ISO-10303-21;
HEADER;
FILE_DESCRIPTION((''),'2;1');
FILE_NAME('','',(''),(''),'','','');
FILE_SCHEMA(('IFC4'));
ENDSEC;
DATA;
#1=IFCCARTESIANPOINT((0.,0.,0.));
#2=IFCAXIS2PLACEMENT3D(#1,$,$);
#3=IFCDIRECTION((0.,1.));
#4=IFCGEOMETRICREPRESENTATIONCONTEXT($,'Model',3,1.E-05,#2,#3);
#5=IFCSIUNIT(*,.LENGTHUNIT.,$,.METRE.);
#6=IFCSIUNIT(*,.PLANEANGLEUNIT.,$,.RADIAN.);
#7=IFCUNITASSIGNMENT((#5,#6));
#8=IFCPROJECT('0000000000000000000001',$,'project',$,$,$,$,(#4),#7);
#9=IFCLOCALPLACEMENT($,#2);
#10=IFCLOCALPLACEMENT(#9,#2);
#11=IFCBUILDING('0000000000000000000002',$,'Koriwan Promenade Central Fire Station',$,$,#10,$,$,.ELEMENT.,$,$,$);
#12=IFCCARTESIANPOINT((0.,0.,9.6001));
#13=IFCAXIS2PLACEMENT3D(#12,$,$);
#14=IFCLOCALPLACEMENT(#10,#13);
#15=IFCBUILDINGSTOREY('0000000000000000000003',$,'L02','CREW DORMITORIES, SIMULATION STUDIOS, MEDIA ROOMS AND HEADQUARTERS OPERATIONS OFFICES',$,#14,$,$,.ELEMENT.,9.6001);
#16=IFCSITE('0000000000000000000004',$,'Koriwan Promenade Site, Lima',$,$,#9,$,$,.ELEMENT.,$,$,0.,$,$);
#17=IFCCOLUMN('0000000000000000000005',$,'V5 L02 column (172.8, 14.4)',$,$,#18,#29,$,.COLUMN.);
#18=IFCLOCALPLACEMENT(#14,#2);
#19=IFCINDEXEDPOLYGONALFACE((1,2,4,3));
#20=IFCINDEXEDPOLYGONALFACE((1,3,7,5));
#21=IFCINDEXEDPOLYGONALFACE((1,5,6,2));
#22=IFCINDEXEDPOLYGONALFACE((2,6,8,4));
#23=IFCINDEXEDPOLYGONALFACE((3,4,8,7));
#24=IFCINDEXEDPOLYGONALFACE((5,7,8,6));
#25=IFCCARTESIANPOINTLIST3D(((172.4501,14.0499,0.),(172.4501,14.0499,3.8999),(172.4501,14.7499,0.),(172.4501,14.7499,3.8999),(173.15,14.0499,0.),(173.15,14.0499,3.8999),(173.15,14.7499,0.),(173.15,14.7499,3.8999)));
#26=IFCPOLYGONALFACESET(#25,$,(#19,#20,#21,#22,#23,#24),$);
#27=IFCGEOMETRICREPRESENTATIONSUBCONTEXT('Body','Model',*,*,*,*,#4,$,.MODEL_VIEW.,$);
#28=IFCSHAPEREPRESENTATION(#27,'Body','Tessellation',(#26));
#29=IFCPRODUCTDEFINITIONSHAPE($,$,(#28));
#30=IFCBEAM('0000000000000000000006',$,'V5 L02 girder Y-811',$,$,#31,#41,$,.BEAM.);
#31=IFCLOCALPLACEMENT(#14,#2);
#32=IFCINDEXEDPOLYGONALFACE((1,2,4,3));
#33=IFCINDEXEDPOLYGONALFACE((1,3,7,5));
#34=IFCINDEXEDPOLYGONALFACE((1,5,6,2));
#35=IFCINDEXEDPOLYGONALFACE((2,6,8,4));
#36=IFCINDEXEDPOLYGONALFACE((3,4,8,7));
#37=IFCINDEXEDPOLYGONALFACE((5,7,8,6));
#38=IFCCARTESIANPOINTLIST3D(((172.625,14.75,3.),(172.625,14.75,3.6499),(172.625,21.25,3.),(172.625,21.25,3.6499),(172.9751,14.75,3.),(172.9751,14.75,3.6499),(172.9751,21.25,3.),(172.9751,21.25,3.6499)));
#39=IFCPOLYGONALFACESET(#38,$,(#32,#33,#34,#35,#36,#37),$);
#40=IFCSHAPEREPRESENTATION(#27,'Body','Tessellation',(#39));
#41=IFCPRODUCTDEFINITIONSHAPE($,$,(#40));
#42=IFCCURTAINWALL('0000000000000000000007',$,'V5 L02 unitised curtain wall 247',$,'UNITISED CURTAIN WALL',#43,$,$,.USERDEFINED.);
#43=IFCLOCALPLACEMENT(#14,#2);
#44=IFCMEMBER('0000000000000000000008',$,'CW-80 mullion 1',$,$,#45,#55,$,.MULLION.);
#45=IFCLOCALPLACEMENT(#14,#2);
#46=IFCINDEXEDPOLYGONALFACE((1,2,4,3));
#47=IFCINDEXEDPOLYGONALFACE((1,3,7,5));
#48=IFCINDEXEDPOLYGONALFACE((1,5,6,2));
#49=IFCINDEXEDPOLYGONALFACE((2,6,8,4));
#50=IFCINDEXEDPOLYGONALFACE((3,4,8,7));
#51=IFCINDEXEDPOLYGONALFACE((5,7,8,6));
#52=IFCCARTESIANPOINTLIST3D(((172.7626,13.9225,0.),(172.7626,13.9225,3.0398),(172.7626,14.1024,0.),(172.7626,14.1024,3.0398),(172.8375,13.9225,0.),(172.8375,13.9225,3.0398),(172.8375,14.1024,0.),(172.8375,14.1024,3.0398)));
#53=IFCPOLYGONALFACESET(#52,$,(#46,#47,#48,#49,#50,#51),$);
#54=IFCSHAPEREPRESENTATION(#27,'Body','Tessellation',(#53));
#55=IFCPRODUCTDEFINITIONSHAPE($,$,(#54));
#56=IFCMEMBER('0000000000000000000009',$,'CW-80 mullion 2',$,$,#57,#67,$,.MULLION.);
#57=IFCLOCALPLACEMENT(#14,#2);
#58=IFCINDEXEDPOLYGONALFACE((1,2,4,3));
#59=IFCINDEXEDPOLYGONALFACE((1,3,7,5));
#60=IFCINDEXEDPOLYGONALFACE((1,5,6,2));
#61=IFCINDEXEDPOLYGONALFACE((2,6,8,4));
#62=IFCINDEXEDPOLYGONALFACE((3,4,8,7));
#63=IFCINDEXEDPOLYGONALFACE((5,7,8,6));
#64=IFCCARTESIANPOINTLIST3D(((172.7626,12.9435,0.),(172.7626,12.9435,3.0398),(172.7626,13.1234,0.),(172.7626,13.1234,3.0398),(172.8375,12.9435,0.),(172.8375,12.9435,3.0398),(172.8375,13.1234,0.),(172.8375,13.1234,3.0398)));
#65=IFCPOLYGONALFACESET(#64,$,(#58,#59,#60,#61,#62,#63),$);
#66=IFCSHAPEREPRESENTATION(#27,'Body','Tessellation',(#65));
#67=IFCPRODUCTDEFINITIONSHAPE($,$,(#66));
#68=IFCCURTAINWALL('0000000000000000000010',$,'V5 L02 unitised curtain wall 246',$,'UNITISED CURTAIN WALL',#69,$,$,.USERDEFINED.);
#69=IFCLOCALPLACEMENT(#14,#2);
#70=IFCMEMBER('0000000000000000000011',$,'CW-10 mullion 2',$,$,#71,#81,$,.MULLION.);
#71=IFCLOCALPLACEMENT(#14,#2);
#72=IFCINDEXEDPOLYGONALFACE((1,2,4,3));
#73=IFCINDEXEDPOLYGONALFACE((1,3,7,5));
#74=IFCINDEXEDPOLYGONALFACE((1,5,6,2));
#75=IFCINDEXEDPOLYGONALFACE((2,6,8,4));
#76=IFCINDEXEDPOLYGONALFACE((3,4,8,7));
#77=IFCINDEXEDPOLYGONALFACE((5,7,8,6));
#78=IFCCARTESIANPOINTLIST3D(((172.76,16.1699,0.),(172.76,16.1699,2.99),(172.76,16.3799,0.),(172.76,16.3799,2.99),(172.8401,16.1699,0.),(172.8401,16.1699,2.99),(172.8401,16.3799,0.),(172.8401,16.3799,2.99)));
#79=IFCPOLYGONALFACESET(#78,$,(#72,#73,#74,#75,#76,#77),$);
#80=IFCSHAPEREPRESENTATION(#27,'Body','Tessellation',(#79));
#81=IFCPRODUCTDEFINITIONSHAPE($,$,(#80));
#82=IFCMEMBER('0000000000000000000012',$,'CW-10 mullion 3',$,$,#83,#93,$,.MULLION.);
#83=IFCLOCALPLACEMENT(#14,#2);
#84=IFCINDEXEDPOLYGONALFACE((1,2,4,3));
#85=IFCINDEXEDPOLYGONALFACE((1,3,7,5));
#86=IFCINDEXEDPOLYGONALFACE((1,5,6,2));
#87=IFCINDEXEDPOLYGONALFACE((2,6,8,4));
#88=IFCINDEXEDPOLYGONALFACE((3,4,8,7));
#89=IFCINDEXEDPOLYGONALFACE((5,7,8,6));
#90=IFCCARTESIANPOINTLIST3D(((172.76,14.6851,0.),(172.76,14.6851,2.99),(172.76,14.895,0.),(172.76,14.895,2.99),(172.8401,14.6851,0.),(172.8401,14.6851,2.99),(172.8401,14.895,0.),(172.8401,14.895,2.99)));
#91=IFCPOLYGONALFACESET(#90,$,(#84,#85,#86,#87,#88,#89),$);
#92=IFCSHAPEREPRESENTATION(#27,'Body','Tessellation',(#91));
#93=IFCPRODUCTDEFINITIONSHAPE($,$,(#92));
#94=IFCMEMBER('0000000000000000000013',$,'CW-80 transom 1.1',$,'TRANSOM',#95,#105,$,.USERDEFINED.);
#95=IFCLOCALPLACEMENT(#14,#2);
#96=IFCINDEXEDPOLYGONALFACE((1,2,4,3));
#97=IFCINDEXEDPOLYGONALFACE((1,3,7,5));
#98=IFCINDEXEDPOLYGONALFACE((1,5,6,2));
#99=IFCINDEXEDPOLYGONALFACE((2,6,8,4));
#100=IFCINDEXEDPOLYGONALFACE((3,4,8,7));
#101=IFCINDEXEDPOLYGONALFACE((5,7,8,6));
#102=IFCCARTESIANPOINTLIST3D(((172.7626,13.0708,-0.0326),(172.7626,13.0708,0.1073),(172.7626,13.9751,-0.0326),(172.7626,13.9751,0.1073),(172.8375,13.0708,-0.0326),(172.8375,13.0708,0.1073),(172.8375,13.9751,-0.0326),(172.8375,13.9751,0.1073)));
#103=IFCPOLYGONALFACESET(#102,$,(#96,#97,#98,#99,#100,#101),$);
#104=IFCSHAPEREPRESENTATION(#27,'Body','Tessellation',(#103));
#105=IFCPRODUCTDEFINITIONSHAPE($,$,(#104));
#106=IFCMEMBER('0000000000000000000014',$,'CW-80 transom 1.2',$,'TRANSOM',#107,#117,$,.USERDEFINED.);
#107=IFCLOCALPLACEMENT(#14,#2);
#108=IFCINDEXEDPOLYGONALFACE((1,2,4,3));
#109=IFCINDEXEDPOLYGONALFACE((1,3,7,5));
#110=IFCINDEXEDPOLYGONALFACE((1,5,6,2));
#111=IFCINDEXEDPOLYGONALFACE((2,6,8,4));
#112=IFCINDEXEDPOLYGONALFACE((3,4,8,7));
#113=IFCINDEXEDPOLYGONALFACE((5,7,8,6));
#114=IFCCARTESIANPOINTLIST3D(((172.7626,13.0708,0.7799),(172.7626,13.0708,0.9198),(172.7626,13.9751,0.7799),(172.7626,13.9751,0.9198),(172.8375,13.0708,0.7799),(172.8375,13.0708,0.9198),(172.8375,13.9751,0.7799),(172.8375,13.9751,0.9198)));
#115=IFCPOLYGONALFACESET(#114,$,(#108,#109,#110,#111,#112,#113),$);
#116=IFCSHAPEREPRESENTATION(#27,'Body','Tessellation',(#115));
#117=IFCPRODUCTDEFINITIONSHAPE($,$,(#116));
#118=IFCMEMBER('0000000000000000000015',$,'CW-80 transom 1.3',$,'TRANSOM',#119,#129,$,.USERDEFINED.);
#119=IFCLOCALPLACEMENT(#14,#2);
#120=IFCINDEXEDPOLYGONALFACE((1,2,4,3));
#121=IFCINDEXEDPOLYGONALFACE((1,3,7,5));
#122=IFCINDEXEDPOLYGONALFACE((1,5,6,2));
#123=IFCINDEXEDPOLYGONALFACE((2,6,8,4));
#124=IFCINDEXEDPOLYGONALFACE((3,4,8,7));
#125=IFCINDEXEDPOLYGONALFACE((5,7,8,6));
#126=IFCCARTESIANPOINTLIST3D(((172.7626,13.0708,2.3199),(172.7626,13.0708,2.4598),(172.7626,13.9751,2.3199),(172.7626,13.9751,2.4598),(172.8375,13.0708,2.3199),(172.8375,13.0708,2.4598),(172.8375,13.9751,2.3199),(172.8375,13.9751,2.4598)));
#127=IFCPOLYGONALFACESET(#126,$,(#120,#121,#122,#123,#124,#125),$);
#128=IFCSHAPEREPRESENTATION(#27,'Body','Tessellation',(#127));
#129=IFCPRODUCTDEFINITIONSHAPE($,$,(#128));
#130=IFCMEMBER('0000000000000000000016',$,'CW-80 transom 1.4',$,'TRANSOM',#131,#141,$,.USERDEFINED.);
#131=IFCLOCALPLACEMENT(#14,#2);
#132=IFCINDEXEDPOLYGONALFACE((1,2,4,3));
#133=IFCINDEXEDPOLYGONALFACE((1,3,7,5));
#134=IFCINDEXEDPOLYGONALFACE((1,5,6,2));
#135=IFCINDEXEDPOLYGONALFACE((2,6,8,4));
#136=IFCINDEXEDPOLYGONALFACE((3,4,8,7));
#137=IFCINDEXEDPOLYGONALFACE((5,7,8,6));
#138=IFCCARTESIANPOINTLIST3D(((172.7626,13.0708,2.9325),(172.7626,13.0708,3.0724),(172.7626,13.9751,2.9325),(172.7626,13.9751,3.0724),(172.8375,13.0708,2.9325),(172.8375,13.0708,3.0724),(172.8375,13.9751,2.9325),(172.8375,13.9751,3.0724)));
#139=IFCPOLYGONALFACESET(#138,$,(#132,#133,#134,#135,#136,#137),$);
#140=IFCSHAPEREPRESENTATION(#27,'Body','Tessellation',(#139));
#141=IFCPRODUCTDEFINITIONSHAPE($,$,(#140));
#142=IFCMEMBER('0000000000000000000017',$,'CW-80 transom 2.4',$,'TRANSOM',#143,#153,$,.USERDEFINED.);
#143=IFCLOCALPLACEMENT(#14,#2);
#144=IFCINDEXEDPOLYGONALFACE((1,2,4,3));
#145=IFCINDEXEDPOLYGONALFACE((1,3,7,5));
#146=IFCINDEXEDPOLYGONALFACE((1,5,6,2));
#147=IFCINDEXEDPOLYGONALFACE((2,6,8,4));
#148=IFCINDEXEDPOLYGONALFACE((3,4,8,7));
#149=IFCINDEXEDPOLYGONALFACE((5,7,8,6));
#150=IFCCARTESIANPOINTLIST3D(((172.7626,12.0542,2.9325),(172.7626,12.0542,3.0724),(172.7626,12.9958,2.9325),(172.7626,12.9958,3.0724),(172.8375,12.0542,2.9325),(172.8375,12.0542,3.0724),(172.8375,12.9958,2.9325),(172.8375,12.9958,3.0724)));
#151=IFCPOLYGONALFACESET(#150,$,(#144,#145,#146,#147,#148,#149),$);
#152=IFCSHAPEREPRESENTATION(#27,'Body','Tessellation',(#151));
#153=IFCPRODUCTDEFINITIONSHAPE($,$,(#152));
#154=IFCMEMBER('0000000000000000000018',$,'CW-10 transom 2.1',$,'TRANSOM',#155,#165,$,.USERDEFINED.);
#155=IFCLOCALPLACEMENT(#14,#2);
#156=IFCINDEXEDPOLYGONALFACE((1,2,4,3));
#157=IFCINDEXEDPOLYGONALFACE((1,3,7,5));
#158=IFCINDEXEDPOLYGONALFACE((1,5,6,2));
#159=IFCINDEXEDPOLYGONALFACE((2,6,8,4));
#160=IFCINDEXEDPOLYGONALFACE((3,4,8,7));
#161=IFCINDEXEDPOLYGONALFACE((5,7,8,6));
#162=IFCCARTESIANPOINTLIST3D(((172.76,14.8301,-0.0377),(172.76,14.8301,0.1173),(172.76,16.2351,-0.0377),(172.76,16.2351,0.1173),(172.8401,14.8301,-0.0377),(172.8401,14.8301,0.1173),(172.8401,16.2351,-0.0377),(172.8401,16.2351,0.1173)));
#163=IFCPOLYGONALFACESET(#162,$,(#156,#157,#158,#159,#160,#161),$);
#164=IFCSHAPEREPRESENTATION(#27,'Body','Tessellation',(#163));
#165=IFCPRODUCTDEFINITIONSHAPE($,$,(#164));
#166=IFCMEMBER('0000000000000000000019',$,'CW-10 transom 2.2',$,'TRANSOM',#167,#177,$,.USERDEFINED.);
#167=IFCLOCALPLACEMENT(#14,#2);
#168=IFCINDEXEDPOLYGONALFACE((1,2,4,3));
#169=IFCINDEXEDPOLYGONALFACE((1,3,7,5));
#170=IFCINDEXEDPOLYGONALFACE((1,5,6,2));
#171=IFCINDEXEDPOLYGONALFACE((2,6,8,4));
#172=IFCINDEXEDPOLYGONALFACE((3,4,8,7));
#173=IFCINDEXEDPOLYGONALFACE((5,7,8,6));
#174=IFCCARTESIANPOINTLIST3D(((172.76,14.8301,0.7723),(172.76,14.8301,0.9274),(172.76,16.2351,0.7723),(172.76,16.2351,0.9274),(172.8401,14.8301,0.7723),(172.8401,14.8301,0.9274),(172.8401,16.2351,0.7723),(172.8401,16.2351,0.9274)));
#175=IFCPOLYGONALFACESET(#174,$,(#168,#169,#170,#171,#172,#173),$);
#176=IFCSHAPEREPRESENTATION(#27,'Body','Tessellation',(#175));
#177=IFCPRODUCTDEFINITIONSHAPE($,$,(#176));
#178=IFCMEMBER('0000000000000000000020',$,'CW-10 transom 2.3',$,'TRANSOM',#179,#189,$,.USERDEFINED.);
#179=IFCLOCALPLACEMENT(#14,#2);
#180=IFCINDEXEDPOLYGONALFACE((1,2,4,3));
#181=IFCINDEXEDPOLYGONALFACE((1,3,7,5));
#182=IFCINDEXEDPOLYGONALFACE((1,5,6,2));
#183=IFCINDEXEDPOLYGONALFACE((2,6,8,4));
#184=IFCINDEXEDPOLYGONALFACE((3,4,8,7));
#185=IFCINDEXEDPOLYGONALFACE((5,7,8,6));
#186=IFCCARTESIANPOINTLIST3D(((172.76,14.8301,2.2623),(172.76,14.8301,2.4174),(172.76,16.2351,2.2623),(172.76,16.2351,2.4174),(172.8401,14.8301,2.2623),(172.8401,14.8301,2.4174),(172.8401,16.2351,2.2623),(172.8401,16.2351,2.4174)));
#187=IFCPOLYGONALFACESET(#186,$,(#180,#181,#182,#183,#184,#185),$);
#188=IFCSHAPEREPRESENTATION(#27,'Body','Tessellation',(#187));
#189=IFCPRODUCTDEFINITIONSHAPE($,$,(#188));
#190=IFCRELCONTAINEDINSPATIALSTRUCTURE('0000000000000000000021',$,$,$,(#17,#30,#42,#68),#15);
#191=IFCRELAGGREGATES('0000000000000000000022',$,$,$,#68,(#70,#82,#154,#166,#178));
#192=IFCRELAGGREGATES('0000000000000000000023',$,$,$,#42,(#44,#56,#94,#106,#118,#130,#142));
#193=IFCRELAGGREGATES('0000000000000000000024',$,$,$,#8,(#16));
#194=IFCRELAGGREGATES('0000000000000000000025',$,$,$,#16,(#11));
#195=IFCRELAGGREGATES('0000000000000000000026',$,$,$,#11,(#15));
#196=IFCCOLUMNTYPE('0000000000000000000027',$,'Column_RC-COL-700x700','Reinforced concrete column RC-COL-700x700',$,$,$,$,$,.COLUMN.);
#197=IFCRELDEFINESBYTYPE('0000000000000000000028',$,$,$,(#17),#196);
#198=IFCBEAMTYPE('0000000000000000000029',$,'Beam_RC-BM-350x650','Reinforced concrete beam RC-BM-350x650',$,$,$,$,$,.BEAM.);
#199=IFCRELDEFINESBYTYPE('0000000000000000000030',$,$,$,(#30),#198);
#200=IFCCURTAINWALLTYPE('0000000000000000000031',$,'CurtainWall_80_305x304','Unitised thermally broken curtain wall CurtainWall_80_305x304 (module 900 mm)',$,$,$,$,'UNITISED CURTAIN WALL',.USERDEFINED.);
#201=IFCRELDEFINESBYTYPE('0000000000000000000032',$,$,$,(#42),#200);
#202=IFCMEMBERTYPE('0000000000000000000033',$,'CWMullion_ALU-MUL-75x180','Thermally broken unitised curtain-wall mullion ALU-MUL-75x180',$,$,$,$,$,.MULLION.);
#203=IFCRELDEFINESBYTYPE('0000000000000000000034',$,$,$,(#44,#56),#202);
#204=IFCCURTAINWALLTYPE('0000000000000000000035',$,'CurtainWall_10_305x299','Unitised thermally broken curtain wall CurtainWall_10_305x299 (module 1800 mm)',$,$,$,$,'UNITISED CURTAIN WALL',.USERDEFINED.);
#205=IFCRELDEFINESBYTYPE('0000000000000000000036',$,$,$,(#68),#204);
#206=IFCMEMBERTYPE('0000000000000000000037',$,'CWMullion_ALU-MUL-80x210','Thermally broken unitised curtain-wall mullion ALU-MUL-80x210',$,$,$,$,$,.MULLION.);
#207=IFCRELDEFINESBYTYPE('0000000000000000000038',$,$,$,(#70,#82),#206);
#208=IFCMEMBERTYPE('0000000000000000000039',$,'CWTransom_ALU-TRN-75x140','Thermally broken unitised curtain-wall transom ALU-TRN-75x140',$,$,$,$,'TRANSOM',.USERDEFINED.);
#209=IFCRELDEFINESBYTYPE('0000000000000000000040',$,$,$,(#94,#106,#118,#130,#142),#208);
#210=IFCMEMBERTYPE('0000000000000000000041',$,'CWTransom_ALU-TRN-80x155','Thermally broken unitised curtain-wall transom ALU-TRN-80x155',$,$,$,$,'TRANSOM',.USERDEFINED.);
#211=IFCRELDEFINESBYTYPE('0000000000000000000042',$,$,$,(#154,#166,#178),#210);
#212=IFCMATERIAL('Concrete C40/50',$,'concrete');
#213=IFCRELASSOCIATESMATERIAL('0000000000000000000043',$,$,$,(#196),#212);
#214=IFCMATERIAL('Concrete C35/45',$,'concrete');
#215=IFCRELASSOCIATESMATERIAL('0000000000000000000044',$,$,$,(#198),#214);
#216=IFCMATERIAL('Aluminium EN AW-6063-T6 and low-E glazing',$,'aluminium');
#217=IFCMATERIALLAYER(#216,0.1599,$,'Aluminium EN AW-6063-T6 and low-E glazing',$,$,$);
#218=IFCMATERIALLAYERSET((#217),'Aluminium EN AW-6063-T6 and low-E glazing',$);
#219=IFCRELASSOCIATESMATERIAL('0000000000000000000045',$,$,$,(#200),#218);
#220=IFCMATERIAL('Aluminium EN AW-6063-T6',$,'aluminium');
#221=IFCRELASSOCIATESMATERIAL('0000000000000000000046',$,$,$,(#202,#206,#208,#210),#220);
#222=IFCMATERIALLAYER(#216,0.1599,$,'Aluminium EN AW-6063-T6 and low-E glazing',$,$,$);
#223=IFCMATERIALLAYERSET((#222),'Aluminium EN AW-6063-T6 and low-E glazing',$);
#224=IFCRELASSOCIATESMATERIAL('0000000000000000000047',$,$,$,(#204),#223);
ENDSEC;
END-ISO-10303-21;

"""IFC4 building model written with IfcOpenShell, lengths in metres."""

from ifc_helpers import new_model, si_unit, direction, frame, origin, origin_2d, place, context, subcontext, project, spatial, rectangle, extrude, material, layer, layer_set, material_profile, profile_set, type_object, element, aggregate, save


model = new_model("IFC4")

# Units and contexts
model_context = context("Model", 3, precision=1e-05, world=origin(), true_north=direction((0.0, 1.0)))
body_context = subcontext(model_context, "Body", "Model", "MODEL_VIEW")
ifc_project = project(units=[si_unit("LENGTHUNIT", "METRE"), si_unit("PLANEANGLEUNIT", "RADIAN")], contexts=[model_context])

# Site, building, storey
site_placement = place(None, origin())
site = spatial("IfcSite", under=ifc_project, at=site_placement, Name="Koriwan Promenade Site, Lima", CompositionType="ELEMENT", RefElevation=0.0)
building_placement = place(site_placement, origin())
building = spatial("IfcBuilding", under=site, at=building_placement, Name="Koriwan Promenade Central Fire Station", CompositionType="ELEMENT")
storey_placement = place(building_placement, frame((0.0, 0.0, 9.6001)))
storey = spatial("IfcBuildingStorey", under=building, at=storey_placement, Name="L02", Description="CREW DORMITORIES, SIMULATION STUDIOS, MEDIA ROOMS AND HEADQUARTERS OPERATIONS OFFICES", CompositionType="ELEMENT", Elevation=9.6001)

# Column
ifc_material_1 = material(Name="Concrete C40/50", Category="concrete")
ifc_material_profile_1 = material_profile(ifc_material_1, rectangle(XDim=0.7, YDim=0.7, at=origin_2d()), Name="RC-COL-700x700")
ifc_profile_set_1 = profile_set([ifc_material_profile_1], Name="Concrete C40/50")
column_type = type_object("IfcColumnType", Name="Column_RC-COL-700x700", Description="Reinforced concrete column RC-COL-700x700", PredefinedType="COLUMN", material=ifc_profile_set_1)
column_placement = place(storey_placement, frame((172.8, 14.3999, 0.0), z_axis=(0.0, 0.0, 1.0), x_axis=(1.0, 0.0, 0.0)))
element("IfcColumn", 1, at=column_placement, inside=storey, type_object=column_type, Name="V5 L02 column (172.8, 14.4)", PredefinedType="COLUMN", context=body_context, shape_type="SweptSolid", body=[
    extrude(rectangle(XDim=0.7, YDim=0.7, at=origin_2d()), origin(), (0.0, 0.0, 1.0), 3.8999),
])

# Beam
ifc_material_2 = material(Name="Concrete C35/45", Category="concrete")
ifc_material_profile_2 = material_profile(ifc_material_2, rectangle(XDim=0.3501, YDim=0.6499, at=origin_2d()), Name="RC-BM-350x650")
ifc_profile_set_2 = profile_set([ifc_material_profile_2], Name="Concrete C35/45")
beam_type = type_object("IfcBeamType", Name="Beam_RC-BM-350x650", Description="Reinforced concrete beam RC-BM-350x650", PredefinedType="BEAM", material=ifc_profile_set_2)
beam_placement = place(storey_placement, frame((172.8, 14.75, 3.325), z_axis=(0.0, 1.0, 0.0), x_axis=(-1.0, 0.0, 0.0)))
element("IfcBeam", 2, at=beam_placement, inside=storey, type_object=beam_type, Name="V5 L02 girder Y-811", PredefinedType="BEAM", context=body_context, shape_type="SweptSolid", body=[
    extrude(rectangle(XDim=0.3501, YDim=0.6499, at=origin_2d()), origin(), (0.0, 0.0, 1.0), 6.5),
])

# Curtain walls, members
ifc_material_3 = material(Name="Aluminium EN AW-6063-T6 and low-E glazing", Category="aluminium")
ifc_layer_1 = layer(ifc_material_3, 0.1599, Name="Aluminium EN AW-6063-T6 and low-E glazing")
ifc_layer_set_1 = layer_set([ifc_layer_1], Name="Aluminium EN AW-6063-T6 and low-E glazing")
curtain_wall_type_1 = type_object("IfcCurtainWallType", Name="CurtainWall_80_305x304", Description="Unitised thermally broken curtain wall CurtainWall_80_305x304 (module 900 mm)", ElementType="UNITISED CURTAIN WALL", PredefinedType="USERDEFINED", material=ifc_layer_set_1)
curtain_wall_1_placement = place(storey_placement, origin())
curtain_wall_1 = element("IfcCurtainWall", 3, at=curtain_wall_1_placement, inside=storey, type_object=curtain_wall_type_1, Name="V5 L02 unitised curtain wall 247", ObjectType="UNITISED CURTAIN WALL", PredefinedType="USERDEFINED")
ifc_material_4 = material(Name="Aluminium EN AW-6063-T6", Category="aluminium")
ifc_material_profile_3 = material_profile(ifc_material_4, rectangle(XDim=0.075, YDim=0.1799, at=origin_2d()), Name="ALU-MUL-75x180")
ifc_profile_set_3 = profile_set([ifc_material_profile_3], Name="Aluminium EN AW-6063-T6")
member_type_1 = type_object("IfcMemberType", Name="CWMullion_ALU-MUL-75x180", Description="Thermally broken unitised curtain-wall mullion ALU-MUL-75x180", PredefinedType="MULLION", material=ifc_profile_set_3)
member_1_placement = place(storey_placement, frame((172.8, 14.0125, 0.0), z_axis=(0.0, 0.0, 1.0), x_axis=(1.0, 0.0, 0.0)))
member_1 = element("IfcMember", 4, at=member_1_placement, type_object=member_type_1, Name="CW-80 mullion 1", PredefinedType="MULLION", context=body_context, shape_type="SweptSolid", body=[
    extrude(rectangle(XDim=0.075, YDim=0.1799, at=origin_2d()), origin(), (0.0, 0.0, 1.0), 3.0398),
])
member_2_placement = place(storey_placement, frame((172.8, 13.0334, 0.0), z_axis=(0.0, 0.0, 1.0), x_axis=(1.0, 0.0, 0.0)))
member_2 = element("IfcMember", 5, at=member_2_placement, type_object=member_type_1, Name="CW-80 mullion 2", PredefinedType="MULLION", context=body_context, shape_type="SweptSolid", body=[
    extrude(rectangle(XDim=0.075, YDim=0.1799, at=origin_2d()), origin(), (0.0, 0.0, 1.0), 3.0398),
])
ifc_layer_2 = layer(ifc_material_3, 0.1599, Name="Aluminium EN AW-6063-T6 and low-E glazing")
ifc_layer_set_2 = layer_set([ifc_layer_2], Name="Aluminium EN AW-6063-T6 and low-E glazing")
curtain_wall_type_2 = type_object("IfcCurtainWallType", Name="CurtainWall_10_305x299", Description="Unitised thermally broken curtain wall CurtainWall_10_305x299 (module 1800 mm)", ElementType="UNITISED CURTAIN WALL", PredefinedType="USERDEFINED", material=ifc_layer_set_2)
curtain_wall_2_placement = place(storey_placement, origin())
curtain_wall_2 = element("IfcCurtainWall", 6, at=curtain_wall_2_placement, inside=storey, type_object=curtain_wall_type_2, Name="V5 L02 unitised curtain wall 246", ObjectType="UNITISED CURTAIN WALL", PredefinedType="USERDEFINED")
ifc_material_profile_4 = material_profile(ifc_material_4, rectangle(XDim=0.0801, YDim=0.21, at=origin_2d()), Name="ALU-MUL-80x210")
ifc_profile_set_4 = profile_set([ifc_material_profile_4], Name="Aluminium EN AW-6063-T6")
member_type_2 = type_object("IfcMemberType", Name="CWMullion_ALU-MUL-80x210", Description="Thermally broken unitised curtain-wall mullion ALU-MUL-80x210", PredefinedType="MULLION", material=ifc_profile_set_4)
member_3_placement = place(storey_placement, frame((172.8, 16.2749, 0.0), z_axis=(0.0, 0.0, 1.0), x_axis=(1.0, 0.0, 0.0)))
member_3 = element("IfcMember", 7, at=member_3_placement, type_object=member_type_2, Name="CW-10 mullion 2", PredefinedType="MULLION", context=body_context, shape_type="SweptSolid", body=[
    extrude(rectangle(XDim=0.0801, YDim=0.21, at=origin_2d()), origin(), (0.0, 0.0, 1.0), 2.99),
])
member_4_placement = place(storey_placement, frame((172.8, 14.79, 0.0), z_axis=(0.0, 0.0, 1.0), x_axis=(1.0, 0.0, 0.0)))
member_4 = element("IfcMember", 8, at=member_4_placement, type_object=member_type_2, Name="CW-10 mullion 3", PredefinedType="MULLION", context=body_context, shape_type="SweptSolid", body=[
    extrude(rectangle(XDim=0.0801, YDim=0.21, at=origin_2d()), origin(), (0.0, 0.0, 1.0), 2.99),
])

# Members
ifc_material_profile_5 = material_profile(ifc_material_4, rectangle(XDim=0.075, YDim=0.1399, at=origin_2d()), Name="ALU-TRN-75x140")
ifc_profile_set_5 = profile_set([ifc_material_profile_5], Name="Aluminium EN AW-6063-T6")
member_type_3 = type_object("IfcMemberType", Name="CWTransom_ALU-TRN-75x140", Description="Thermally broken unitised curtain-wall transom ALU-TRN-75x140", ElementType="TRANSOM", PredefinedType="USERDEFINED", material=ifc_profile_set_5)
member_5_placement = place(storey_placement, frame((172.8, 13.9751, 0.0374), z_axis=(0.0, -1.0, 0.0), x_axis=(1.0, 0.0, 0.0)))
member_5 = element("IfcMember", 9, at=member_5_placement, type_object=member_type_3, Name="CW-80 transom 1.1", ObjectType="TRANSOM", PredefinedType="USERDEFINED", context=body_context, shape_type="SweptSolid", body=[
    extrude(rectangle(XDim=0.075, YDim=0.1399, at=origin_2d()), origin(), (0.0, 0.0, 1.0), 0.9043),
])
member_6_placement = place(storey_placement, frame((172.8, 13.9751, 0.8499), z_axis=(0.0, -1.0, 0.0), x_axis=(1.0, 0.0, 0.0)))
member_6 = element("IfcMember", 10, at=member_6_placement, type_object=member_type_3, Name="CW-80 transom 1.2", ObjectType="TRANSOM", PredefinedType="USERDEFINED", context=body_context, shape_type="SweptSolid", body=[
    extrude(rectangle(XDim=0.075, YDim=0.1399, at=origin_2d()), origin(), (0.0, 0.0, 1.0), 0.9043),
])
member_7_placement = place(storey_placement, frame((172.8, 13.9751, 2.3899), z_axis=(0.0, -1.0, 0.0), x_axis=(1.0, 0.0, 0.0)))
member_7 = element("IfcMember", 11, at=member_7_placement, type_object=member_type_3, Name="CW-80 transom 1.3", ObjectType="TRANSOM", PredefinedType="USERDEFINED", context=body_context, shape_type="SweptSolid", body=[
    extrude(rectangle(XDim=0.075, YDim=0.1399, at=origin_2d()), origin(), (0.0, 0.0, 1.0), 0.9043),
])
member_8_placement = place(storey_placement, frame((172.8, 13.9751, 3.0024), z_axis=(0.0, -1.0, 0.0), x_axis=(1.0, 0.0, 0.0)))
member_8 = element("IfcMember", 12, at=member_8_placement, type_object=member_type_3, Name="CW-80 transom 1.4", ObjectType="TRANSOM", PredefinedType="USERDEFINED", context=body_context, shape_type="SweptSolid", body=[
    extrude(rectangle(XDim=0.075, YDim=0.1399, at=origin_2d()), origin(), (0.0, 0.0, 1.0), 0.9043),
])
member_9_placement = place(storey_placement, frame((172.8, 12.9958, 3.0024), z_axis=(0.0, -1.0, 0.0), x_axis=(1.0, 0.0, 0.0)))
member_9 = element("IfcMember", 13, at=member_9_placement, type_object=member_type_3, Name="CW-80 transom 2.4", ObjectType="TRANSOM", PredefinedType="USERDEFINED", context=body_context, shape_type="SweptSolid", body=[
    extrude(rectangle(XDim=0.075, YDim=0.1399, at=origin_2d()), origin(), (0.0, 0.0, 1.0), 0.9417),
])
ifc_material_profile_6 = material_profile(ifc_material_4, rectangle(XDim=0.0801, YDim=0.155, at=origin_2d()), Name="ALU-TRN-80x155")
ifc_profile_set_6 = profile_set([ifc_material_profile_6], Name="Aluminium EN AW-6063-T6")
member_type_4 = type_object("IfcMemberType", Name="CWTransom_ALU-TRN-80x155", Description="Thermally broken unitised curtain-wall transom ALU-TRN-80x155", ElementType="TRANSOM", PredefinedType="USERDEFINED", material=ifc_profile_set_6)
member_10_placement = place(storey_placement, frame((172.8, 16.2351, 0.0398), z_axis=(0.0, -1.0, 0.0), x_axis=(1.0, 0.0, 0.0)))
member_10 = element("IfcMember", 14, at=member_10_placement, type_object=member_type_4, Name="CW-10 transom 2.1", ObjectType="TRANSOM", PredefinedType="USERDEFINED", context=body_context, shape_type="SweptSolid", body=[
    extrude(rectangle(XDim=0.0801, YDim=0.155, at=origin_2d()), origin(), (0.0, 0.0, 1.0), 1.405),
])
member_11_placement = place(storey_placement, frame((172.8, 16.2351, 0.8499), z_axis=(0.0, -1.0, 0.0), x_axis=(1.0, 0.0, 0.0)))
member_11 = element("IfcMember", 15, at=member_11_placement, type_object=member_type_4, Name="CW-10 transom 2.2", ObjectType="TRANSOM", PredefinedType="USERDEFINED", context=body_context, shape_type="SweptSolid", body=[
    extrude(rectangle(XDim=0.0801, YDim=0.155, at=origin_2d()), origin(), (0.0, 0.0, 1.0), 1.405),
])
member_12_placement = place(storey_placement, frame((172.8, 16.2351, 2.3398), z_axis=(0.0, -1.0, 0.0), x_axis=(1.0, 0.0, 0.0)))
member_12 = element("IfcMember", 16, at=member_12_placement, type_object=member_type_4, Name="CW-10 transom 2.3", ObjectType="TRANSOM", PredefinedType="USERDEFINED", context=body_context, shape_type="SweptSolid", body=[
    extrude(rectangle(XDim=0.0801, YDim=0.155, at=origin_2d()), origin(), (0.0, 0.0, 1.0), 1.405),
])

aggregate(curtain_wall_2, [member_3, member_4, member_10, member_11, member_12])
aggregate(curtain_wall_1, [member_1, member_2, member_5, member_6, member_7, member_8, member_9])

save(model, "model.ifc")
